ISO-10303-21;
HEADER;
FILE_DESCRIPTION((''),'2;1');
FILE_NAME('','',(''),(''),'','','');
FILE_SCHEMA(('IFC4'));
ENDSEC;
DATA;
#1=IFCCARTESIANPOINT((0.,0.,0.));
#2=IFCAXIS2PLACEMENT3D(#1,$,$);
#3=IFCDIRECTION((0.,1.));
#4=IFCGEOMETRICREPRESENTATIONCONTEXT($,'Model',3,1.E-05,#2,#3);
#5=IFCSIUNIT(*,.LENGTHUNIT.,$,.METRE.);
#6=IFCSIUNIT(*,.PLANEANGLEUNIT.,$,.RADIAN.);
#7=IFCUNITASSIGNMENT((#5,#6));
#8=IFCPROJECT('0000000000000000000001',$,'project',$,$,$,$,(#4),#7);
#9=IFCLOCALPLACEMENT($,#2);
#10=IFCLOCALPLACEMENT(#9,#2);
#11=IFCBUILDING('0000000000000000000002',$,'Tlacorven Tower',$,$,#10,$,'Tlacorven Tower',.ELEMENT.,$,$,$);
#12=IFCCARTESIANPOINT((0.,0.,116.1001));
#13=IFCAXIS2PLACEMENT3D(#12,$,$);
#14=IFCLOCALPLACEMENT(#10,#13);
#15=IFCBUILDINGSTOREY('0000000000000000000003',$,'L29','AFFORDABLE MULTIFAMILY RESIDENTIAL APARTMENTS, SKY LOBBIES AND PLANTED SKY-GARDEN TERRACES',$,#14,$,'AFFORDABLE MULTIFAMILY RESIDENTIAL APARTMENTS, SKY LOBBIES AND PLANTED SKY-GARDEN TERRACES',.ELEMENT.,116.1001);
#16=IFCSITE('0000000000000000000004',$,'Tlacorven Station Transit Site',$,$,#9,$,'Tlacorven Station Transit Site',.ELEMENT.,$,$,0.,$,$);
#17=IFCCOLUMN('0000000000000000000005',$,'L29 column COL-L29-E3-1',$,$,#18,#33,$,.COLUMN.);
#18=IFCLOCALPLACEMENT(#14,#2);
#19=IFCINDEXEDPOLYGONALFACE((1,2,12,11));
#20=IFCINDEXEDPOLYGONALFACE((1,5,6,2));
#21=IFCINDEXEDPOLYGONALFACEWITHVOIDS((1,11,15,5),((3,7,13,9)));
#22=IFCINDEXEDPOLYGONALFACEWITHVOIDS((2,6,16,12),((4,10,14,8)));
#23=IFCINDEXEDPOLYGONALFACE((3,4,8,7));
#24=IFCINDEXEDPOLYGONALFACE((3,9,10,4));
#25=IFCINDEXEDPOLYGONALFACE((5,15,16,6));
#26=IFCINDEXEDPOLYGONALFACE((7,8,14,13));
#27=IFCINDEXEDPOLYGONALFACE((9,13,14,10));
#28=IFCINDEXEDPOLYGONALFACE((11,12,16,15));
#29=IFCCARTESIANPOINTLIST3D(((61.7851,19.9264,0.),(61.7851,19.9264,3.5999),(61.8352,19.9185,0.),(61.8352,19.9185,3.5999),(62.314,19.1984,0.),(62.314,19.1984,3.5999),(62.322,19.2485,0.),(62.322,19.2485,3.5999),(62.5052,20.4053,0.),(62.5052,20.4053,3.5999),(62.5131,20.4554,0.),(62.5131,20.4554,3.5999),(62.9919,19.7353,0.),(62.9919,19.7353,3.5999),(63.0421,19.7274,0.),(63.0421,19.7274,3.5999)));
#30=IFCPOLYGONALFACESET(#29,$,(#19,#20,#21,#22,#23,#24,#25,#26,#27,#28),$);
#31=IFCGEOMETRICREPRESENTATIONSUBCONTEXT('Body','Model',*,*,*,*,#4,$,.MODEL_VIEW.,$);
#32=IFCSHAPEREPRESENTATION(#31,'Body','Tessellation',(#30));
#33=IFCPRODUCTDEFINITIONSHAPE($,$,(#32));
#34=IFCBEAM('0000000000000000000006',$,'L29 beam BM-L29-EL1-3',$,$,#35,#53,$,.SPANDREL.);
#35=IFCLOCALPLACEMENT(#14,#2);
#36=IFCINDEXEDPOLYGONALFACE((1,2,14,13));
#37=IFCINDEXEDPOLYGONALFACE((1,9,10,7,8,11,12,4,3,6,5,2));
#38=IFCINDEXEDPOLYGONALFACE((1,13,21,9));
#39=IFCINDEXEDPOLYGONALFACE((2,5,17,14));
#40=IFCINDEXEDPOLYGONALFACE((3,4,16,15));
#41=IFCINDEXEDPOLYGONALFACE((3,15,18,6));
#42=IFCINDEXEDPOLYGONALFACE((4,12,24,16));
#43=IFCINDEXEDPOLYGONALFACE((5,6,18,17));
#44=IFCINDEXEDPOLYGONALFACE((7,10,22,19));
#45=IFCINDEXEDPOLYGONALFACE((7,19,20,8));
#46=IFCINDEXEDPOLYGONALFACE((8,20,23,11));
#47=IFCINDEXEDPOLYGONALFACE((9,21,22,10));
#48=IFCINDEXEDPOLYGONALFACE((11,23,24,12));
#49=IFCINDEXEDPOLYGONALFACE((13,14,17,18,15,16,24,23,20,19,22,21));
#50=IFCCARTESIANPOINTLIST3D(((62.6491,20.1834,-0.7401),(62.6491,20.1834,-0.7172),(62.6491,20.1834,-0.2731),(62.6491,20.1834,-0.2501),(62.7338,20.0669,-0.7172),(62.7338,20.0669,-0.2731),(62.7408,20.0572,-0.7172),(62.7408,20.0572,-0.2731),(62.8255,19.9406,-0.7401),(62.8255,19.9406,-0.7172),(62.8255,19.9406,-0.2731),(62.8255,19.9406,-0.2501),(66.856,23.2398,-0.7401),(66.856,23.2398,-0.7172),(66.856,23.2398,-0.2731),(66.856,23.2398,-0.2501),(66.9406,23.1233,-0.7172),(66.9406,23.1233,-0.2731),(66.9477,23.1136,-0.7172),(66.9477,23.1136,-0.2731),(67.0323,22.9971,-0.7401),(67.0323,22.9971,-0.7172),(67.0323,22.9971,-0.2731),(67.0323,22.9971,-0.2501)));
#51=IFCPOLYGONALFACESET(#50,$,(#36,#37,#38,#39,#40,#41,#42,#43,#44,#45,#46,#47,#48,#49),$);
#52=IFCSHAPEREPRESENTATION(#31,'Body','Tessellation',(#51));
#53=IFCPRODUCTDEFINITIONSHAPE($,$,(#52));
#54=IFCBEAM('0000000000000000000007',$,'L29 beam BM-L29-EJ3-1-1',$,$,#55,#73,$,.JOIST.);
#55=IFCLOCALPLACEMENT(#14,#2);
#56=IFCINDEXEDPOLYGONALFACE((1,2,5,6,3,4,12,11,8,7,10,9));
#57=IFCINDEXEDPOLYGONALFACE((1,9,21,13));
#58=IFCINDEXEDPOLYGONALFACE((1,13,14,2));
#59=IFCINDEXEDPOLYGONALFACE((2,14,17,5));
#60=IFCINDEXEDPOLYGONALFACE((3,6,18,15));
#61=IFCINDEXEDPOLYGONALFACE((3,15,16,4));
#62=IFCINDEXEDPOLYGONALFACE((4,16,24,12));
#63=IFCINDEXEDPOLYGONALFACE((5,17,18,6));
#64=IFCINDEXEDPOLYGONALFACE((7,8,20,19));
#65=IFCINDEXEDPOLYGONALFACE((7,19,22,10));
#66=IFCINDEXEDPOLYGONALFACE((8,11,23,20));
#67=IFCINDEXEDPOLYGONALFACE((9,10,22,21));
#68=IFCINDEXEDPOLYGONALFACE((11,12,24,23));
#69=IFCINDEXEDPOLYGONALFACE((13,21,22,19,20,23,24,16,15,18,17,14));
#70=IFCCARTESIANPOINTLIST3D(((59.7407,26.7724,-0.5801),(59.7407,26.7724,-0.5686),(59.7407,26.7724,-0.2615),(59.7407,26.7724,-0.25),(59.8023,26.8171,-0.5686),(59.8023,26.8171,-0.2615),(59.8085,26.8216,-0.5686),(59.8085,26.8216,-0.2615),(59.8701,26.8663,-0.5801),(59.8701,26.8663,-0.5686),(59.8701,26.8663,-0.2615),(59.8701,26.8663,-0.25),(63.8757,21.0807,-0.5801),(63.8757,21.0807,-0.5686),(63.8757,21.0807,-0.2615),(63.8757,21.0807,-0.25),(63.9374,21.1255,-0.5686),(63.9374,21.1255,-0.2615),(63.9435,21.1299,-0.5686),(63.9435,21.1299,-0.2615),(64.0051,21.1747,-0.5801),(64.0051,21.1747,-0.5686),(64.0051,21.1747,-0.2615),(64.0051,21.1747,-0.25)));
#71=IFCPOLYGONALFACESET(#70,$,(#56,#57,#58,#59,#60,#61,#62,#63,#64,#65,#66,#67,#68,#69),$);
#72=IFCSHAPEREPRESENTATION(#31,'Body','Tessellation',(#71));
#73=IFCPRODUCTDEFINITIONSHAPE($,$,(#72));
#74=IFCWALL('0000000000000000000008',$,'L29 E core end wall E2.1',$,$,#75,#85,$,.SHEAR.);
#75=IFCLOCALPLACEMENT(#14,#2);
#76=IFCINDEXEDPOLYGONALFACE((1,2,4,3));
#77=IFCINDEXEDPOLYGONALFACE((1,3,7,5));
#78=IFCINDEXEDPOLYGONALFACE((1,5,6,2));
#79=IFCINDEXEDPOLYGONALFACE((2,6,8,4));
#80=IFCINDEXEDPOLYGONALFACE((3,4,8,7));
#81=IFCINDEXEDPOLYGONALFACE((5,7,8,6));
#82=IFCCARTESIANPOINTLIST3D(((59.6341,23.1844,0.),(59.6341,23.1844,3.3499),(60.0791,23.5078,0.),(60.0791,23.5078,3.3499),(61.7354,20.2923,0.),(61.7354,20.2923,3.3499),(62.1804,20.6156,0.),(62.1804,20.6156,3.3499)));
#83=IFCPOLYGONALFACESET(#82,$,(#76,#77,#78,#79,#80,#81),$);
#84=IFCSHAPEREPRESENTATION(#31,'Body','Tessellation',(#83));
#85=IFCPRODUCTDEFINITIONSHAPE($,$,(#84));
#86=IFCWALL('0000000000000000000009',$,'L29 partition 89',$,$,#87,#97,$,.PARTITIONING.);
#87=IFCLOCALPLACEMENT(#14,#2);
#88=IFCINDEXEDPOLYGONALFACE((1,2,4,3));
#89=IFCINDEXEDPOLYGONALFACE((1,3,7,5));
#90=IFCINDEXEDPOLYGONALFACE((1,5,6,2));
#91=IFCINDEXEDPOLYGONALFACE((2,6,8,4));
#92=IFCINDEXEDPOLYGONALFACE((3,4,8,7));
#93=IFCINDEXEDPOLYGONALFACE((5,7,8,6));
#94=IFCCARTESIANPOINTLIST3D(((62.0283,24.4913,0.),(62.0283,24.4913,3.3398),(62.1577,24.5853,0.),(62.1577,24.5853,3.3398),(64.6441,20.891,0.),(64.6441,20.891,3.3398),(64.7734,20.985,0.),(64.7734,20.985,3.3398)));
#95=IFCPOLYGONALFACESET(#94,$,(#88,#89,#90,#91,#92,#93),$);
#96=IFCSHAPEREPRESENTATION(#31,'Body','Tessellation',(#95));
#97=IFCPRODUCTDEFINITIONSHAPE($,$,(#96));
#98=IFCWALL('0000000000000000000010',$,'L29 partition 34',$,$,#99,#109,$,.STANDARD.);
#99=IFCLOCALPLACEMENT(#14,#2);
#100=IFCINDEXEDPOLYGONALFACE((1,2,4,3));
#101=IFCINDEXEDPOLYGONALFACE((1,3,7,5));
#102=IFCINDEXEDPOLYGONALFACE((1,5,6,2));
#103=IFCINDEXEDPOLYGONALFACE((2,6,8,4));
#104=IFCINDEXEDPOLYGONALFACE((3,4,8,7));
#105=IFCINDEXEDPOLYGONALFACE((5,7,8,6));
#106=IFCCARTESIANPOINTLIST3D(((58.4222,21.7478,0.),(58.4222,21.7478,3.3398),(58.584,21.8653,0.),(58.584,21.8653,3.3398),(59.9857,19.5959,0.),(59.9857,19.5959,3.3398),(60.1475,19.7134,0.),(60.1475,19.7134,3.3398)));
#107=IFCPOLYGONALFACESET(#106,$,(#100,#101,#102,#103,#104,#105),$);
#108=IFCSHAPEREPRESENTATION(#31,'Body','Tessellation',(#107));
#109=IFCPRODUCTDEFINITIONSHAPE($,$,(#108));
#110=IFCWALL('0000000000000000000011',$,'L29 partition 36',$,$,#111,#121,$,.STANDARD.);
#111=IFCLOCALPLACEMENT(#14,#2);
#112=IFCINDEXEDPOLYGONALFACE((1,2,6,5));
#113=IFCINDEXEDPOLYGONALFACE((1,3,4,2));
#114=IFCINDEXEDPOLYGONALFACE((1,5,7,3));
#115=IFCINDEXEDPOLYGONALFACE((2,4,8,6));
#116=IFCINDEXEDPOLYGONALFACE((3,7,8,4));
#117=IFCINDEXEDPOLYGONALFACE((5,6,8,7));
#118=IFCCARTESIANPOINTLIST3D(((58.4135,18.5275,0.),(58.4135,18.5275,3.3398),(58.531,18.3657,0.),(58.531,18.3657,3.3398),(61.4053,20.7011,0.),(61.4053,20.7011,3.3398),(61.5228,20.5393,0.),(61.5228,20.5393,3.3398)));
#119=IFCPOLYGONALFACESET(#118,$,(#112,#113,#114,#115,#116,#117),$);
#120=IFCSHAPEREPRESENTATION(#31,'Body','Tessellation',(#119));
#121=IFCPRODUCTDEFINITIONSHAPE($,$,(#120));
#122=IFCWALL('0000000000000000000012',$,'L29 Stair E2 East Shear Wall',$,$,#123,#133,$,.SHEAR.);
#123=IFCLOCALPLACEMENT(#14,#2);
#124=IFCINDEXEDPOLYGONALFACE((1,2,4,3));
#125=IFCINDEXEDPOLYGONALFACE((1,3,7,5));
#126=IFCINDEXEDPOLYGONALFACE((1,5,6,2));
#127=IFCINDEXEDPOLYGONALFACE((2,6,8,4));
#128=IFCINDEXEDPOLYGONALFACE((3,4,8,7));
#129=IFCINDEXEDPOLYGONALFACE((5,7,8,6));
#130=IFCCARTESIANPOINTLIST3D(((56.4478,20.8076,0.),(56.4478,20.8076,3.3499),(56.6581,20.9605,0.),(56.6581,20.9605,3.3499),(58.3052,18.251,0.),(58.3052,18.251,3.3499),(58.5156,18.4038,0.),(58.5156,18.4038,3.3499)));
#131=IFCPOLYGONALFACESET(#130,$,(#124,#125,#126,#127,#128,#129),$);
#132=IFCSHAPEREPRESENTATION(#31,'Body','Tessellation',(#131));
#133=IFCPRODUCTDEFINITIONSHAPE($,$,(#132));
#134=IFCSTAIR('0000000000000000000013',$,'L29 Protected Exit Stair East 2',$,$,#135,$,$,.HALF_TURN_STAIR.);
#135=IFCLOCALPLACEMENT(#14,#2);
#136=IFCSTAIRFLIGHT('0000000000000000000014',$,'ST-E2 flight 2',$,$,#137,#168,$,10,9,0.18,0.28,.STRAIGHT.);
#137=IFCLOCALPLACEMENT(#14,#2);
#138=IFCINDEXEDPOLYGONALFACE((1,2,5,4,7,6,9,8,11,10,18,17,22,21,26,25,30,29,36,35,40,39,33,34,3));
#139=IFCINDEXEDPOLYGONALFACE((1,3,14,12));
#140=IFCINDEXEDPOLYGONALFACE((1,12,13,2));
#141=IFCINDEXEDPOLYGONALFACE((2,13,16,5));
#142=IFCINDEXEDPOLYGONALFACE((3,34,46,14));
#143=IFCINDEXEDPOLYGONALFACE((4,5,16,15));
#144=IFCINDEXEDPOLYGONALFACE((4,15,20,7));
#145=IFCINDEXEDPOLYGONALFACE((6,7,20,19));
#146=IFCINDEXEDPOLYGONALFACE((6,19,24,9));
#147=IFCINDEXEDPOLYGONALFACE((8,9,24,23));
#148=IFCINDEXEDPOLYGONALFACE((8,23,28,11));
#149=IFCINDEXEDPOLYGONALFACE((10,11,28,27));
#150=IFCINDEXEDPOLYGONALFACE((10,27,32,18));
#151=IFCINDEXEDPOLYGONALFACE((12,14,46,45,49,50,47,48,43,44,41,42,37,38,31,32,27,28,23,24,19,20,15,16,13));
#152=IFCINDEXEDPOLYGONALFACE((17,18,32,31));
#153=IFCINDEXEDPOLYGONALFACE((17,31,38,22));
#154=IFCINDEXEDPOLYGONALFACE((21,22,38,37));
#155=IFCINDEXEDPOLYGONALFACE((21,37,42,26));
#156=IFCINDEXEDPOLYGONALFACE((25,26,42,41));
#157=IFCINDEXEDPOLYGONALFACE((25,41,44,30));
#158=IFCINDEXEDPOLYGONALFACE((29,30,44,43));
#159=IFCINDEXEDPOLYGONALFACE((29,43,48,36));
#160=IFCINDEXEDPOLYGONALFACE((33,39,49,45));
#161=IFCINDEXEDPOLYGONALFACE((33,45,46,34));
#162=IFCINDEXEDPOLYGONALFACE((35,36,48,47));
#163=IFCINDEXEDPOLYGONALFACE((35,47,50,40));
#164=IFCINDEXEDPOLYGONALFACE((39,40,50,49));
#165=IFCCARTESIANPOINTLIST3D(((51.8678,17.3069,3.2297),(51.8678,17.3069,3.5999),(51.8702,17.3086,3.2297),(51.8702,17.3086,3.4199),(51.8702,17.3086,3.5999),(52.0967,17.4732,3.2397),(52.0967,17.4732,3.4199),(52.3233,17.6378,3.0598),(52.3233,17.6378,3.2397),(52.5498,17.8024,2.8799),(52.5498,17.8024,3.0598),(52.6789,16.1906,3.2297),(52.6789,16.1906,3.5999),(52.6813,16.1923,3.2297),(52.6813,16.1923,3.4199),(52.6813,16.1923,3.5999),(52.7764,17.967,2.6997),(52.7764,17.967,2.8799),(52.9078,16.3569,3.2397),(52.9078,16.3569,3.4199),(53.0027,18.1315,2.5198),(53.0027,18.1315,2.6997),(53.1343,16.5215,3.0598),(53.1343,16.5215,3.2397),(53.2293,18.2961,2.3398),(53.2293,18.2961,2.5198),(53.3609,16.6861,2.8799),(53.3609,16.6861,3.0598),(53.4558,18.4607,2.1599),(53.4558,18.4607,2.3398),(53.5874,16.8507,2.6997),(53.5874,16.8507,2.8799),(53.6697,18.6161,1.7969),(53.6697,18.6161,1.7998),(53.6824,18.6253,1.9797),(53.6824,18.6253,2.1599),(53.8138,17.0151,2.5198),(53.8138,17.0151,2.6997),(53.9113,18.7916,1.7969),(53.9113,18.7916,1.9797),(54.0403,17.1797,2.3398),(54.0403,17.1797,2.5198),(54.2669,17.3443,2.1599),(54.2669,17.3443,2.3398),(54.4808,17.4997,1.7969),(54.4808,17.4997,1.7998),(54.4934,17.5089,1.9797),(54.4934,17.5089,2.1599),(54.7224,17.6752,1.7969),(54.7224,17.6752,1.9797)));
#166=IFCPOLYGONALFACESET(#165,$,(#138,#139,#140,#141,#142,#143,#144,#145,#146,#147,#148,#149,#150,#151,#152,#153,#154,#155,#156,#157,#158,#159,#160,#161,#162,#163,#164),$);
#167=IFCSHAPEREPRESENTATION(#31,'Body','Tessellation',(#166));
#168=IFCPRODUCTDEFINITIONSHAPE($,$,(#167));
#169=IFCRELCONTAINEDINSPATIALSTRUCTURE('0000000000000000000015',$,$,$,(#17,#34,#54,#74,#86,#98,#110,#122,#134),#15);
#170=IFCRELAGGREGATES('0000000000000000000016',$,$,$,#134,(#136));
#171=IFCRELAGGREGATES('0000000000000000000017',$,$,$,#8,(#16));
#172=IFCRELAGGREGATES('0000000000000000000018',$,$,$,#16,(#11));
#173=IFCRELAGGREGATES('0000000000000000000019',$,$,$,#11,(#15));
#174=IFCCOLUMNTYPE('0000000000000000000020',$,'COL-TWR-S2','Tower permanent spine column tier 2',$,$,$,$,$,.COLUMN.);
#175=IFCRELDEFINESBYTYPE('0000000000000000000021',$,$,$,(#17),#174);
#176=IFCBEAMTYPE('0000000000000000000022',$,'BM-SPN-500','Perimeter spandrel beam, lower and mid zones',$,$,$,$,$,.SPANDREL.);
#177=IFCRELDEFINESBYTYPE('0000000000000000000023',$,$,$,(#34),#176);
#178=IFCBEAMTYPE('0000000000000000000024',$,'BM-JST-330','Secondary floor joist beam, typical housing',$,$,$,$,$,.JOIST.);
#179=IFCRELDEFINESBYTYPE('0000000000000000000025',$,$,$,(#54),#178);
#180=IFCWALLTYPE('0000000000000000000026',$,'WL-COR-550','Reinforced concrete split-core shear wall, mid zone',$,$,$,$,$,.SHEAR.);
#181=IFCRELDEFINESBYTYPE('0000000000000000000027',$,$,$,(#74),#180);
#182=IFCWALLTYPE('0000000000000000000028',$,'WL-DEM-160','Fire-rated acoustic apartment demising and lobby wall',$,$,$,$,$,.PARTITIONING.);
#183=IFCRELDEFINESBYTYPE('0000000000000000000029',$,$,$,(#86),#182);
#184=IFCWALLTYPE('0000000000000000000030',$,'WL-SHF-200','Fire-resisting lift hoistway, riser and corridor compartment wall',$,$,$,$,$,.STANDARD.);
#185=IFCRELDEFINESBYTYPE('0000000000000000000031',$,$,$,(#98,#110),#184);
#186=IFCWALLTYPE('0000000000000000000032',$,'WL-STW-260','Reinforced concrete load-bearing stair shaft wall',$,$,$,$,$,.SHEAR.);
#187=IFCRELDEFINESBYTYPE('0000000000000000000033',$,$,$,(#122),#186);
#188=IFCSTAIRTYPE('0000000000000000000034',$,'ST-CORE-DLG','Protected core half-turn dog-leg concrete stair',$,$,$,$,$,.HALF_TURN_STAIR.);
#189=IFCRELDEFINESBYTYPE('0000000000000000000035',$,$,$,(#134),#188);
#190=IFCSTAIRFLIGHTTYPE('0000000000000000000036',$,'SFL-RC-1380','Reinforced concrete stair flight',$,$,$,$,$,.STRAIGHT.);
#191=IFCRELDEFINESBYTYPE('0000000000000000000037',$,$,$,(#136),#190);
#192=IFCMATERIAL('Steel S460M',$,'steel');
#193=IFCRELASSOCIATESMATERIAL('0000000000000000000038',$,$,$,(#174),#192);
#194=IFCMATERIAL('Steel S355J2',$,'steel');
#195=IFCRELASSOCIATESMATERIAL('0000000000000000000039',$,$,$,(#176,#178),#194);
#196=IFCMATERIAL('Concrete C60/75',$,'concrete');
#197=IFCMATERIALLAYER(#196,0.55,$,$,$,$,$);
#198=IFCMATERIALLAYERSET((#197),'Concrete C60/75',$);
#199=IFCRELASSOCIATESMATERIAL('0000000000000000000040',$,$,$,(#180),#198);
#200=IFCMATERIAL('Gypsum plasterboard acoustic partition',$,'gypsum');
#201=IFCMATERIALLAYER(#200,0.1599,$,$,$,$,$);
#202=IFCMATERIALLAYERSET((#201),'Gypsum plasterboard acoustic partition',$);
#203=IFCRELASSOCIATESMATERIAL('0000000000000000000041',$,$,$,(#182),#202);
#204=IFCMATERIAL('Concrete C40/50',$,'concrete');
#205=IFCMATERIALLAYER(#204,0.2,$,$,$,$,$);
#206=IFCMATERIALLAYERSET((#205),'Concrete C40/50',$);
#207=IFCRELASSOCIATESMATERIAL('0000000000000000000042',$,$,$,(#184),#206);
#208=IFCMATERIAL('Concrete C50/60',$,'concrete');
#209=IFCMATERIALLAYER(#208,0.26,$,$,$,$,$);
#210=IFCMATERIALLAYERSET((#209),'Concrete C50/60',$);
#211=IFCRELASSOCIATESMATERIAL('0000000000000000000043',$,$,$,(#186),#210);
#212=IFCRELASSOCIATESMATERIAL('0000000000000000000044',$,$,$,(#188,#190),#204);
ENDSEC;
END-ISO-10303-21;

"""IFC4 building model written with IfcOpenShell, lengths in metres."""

from ifc_helpers import new_model, si_unit, direction, frame, frame_2d, origin, origin_2d, place, context, subcontext, project, spatial, polyline, rectangle, hollow_rectangle, i_section, outline, extrude, source, transform, mapped, material, layer, layer_set, material_profile, profile_set, type_object, element, aggregate, save


model = new_model("IFC4")

# Units and contexts
model_context = context("Model", 3, precision=1e-05, world=origin(), true_north=direction((0.0, 1.0)))
body_context = subcontext(model_context, "Body", "Model", "MODEL_VIEW")
ifc_project = project(units=[si_unit("LENGTHUNIT", "METRE"), si_unit("PLANEANGLEUNIT", "RADIAN")], contexts=[model_context])

# Site, building, storey
site_placement = place(None, origin())
site = spatial("IfcSite", under=ifc_project, at=site_placement, Name="Tlacorven Station Transit Site", LongName="Tlacorven Station Transit Site", CompositionType="ELEMENT", RefElevation=0.0)
building_placement = place(site_placement, origin())
building = spatial("IfcBuilding", under=site, at=building_placement, Name="Tlacorven Tower", LongName="Tlacorven Tower", CompositionType="ELEMENT")
storey_placement = place(building_placement, frame((0.0, 0.0, 116.1001)))
storey = spatial("IfcBuildingStorey", under=building, at=storey_placement, Name="L29", Description="AFFORDABLE MULTIFAMILY RESIDENTIAL APARTMENTS, SKY LOBBIES AND PLANTED SKY-GARDEN TERRACES", LongName="AFFORDABLE MULTIFAMILY RESIDENTIAL APARTMENTS, SKY LOBBIES AND PLANTED SKY-GARDEN TERRACES", CompositionType="ELEMENT", Elevation=116.1001)

# Column
ifc_material_1 = material(Name="Steel S460M", Category="steel")
ifc_material_profile_1 = material_profile(ifc_material_1, hollow_rectangle(XDim=0.8999, YDim=0.8999, WallThickness=0.0359, at=origin_2d()), Name="BOX 900X900X36")
ifc_profile_set_1 = profile_set([ifc_material_profile_1], Name="Steel S460M")
column_type = type_object("IfcColumnType", Name="COL-TWR-S2", Description="Tower permanent spine column tier 2", PredefinedType="COLUMN", material=ifc_profile_set_1)
shared_shape_1 = source(origin(), body_context, "Body", "SweptSolid", [
    extrude(hollow_rectangle(XDim=0.8999, YDim=0.8999, WallThickness=0.0359, at=origin_2d()), origin(), (0.0, 0.0, 1.0), 3.5999),
])
column_placement = place(storey_placement, frame((62.4136, 19.8269, 0.0), z_axis=(0.0, 0.0, 1.0), x_axis=(0.809017, 0.587785, 0.0)))
element("IfcColumn", 1, at=column_placement, inside=storey, type_object=column_type, Name="L29 column COL-L29-E3-1", PredefinedType="COLUMN", context=body_context, shape_type="MappedRepresentation", body=[
    mapped(shared_shape_1, transform((0.0, 0.0, 0.0), scale=1.0)),
])

# Beams
ifc_material_2 = material(Name="Steel S355J2", Category="steel")
ifc_material_profile_2 = material_profile(ifc_material_2, i_section(OverallWidth=0.3, OverallDepth=0.49, WebThickness=0.012, FlangeThickness=0.0229, at=origin_2d()), Name="HEA 500")
ifc_profile_set_2 = profile_set([ifc_material_profile_2], Name="Steel S355J2")
beam_type_1 = type_object("IfcBeamType", Name="BM-SPN-500", Description="Perimeter spandrel beam, lower and mid zones", PredefinedType="SPANDREL", material=ifc_profile_set_2)
shared_shape_2 = source(origin(), body_context, "Body", "SweptSolid", [
    extrude(i_section(OverallWidth=0.3, OverallDepth=0.49, WebThickness=0.012, FlangeThickness=0.0229, at=origin_2d()), origin(), (0.0, 0.0, 1.0), 5.2),
])
beam_1_placement = place(storey_placement, frame((62.7373, 20.062, -0.4951), z_axis=(0.809018, 0.587784, 0.0), x_axis=(-0.587784, 0.809018, 0.0)))
element("IfcBeam", 2, at=beam_1_placement, inside=storey, type_object=beam_type_1, Name="L29 beam BM-L29-EL1-3", PredefinedType="SPANDREL", context=body_context, shape_type="MappedRepresentation", body=[
    mapped(shared_shape_2, transform((0.0, 0.0, 0.0), scale=1.0)),
])
ifc_material_profile_3 = material_profile(ifc_material_2, i_section(OverallWidth=0.1599, OverallDepth=0.3301, WebThickness=0.0076, FlangeThickness=0.0115, at=origin_2d()), Name="IPE 330")
ifc_profile_set_3 = profile_set([ifc_material_profile_3], Name="Steel S355J2")
beam_type_2 = type_object("IfcBeamType", Name="BM-JST-330", Description="Secondary floor joist beam, typical housing", PredefinedType="JOIST", material=ifc_profile_set_3)
shared_shape_3 = source(origin(), body_context, "Body", "SweptSolid", [
    extrude(i_section(OverallWidth=0.1599, OverallDepth=0.3301, WebThickness=0.0076, FlangeThickness=0.0115, at=origin_2d()), origin(), (0.0, 0.0, 1.0), 7.0352),
])
beam_2_placement = place(storey_placement, frame((63.9404, 21.1277, -0.415), z_axis=(-0.587765, 0.809032, 0.0), x_axis=(-0.809032, -0.587765, 0.0)))
element("IfcBeam", 3, at=beam_2_placement, inside=storey, type_object=beam_type_2, Name="L29 beam BM-L29-EJ3-1-1", PredefinedType="JOIST", context=body_context, shape_type="MappedRepresentation", body=[
    mapped(shared_shape_3, transform((0.0, 0.0, 0.0), scale=1.0)),
])

# Walls
ifc_material_3 = material(Name="Concrete C60/75", Category="concrete")
ifc_layer_1 = layer(ifc_material_3, 0.55)
ifc_layer_set_1 = layer_set([ifc_layer_1], Name="Concrete C60/75")
wall_type_1 = type_object("IfcWallType", Name="WL-COR-550", Description="Reinforced concrete split-core shear wall, mid zone", PredefinedType="SHEAR", material=ifc_layer_set_1)
wall_1_placement = place(storey_placement, frame((61.958, 20.4539, 0.0), z_axis=(0.0, 0.0, 1.0), x_axis=(-0.587802, 0.809005, 0.0)))
element("IfcWall", 4, at=wall_1_placement, inside=storey, type_object=wall_type_1, Name="L29 E core end wall E2.1", PredefinedType="SHEAR", context=body_context, shape_type="SweptSolid", body=[
    extrude(rectangle(XDim=3.575, YDim=0.55, at=frame_2d((1.7876, 0.0))), origin(), (0.0, 0.0, 1.0), 3.3499),
])
ifc_material_4 = material(Name="Gypsum plasterboard acoustic partition", Category="gypsum")
ifc_layer_2 = layer(ifc_material_4, 0.1599)
ifc_layer_set_2 = layer_set([ifc_layer_2], Name="Gypsum plasterboard acoustic partition")
wall_type_2 = type_object("IfcWallType", Name="WL-DEM-160", Description="Fire-rated acoustic apartment demising and lobby wall", PredefinedType="PARTITIONING", material=ifc_layer_set_2)
wall_2_placement = place(storey_placement, frame((64.7087, 20.938, 0.0), z_axis=(0.0, 0.0, 1.0), x_axis=(-0.587774, 0.809025, 0.0)))
element("IfcWall", 5, at=wall_2_placement, inside=storey, type_object=wall_type_2, Name="L29 partition 89", PredefinedType="PARTITIONING", context=body_context, shape_type="SweptSolid", body=[
    extrude(rectangle(XDim=4.4502, YDim=0.1599, at=frame_2d((2.2251, 0.0))), origin(), (0.0, 0.0, 1.0), 3.3398),
])

# Shared definitions
ifc_material_5 = material(Name="Concrete C40/50", Category="concrete")
ifc_layer_3 = layer(ifc_material_5, 0.2)
ifc_layer_set_3 = layer_set([ifc_layer_3], Name="Concrete C40/50")
wall_type_3 = type_object("IfcWallType", Name="WL-SHF-200", Description="Fire-resisting lift hoistway, riser and corridor compartment wall", PredefinedType="STANDARD", material=ifc_layer_set_3)

# Walls
wall_3_placement = place(storey_placement, frame((60.0667, 19.6545, 0.0), z_axis=(0.0, 0.0, 1.0), x_axis=(-0.587801, 0.809006, 0.0)))
element("IfcWall", 6, at=wall_3_placement, inside=storey, type_object=wall_type_3, Name="L29 partition 34", PredefinedType="STANDARD", context=body_context, shape_type="SweptSolid", body=[
    extrude(rectangle(XDim=2.6599, YDim=0.2, at=frame_2d((1.3301, 0.0))), origin(), (0.0, 0.0, 1.0), 3.3398),
])
wall_4_placement = place(storey_placement, frame((58.4722, 18.4465, 0.0), z_axis=(0.0, 0.0, 1.0), x_axis=(0.809019, 0.587783, 0.0)))
element("IfcWall", 7, at=wall_4_placement, inside=storey, type_object=wall_type_3, Name="L29 partition 36", PredefinedType="STANDARD", context=body_context, shape_type="SweptSolid", body=[
    extrude(rectangle(XDim=3.698, YDim=0.2, at=frame_2d((1.8491, 0.0))), origin(), (0.0, 0.0, 1.0), 3.3398),
])
ifc_material_6 = material(Name="Concrete C50/60", Category="concrete")
ifc_layer_4 = layer(ifc_material_6, 0.26)
ifc_layer_set_4 = layer_set([ifc_layer_4], Name="Concrete C50/60")
wall_type_4 = type_object("IfcWallType", Name="WL-STW-260", Description="Reinforced concrete load-bearing stair shaft wall", PredefinedType="SHEAR", material=ifc_layer_set_4)
wall_5_placement = place(storey_placement, frame((58.4104, 18.3274, 0.0), z_axis=(0.0, 0.0, 1.0), x_axis=(-0.587767, 0.80903, 0.0)))
element("IfcWall", 8, at=wall_5_placement, inside=storey, type_object=wall_type_4, Name="L29 Stair E2 East Shear Wall", PredefinedType="SHEAR", context=body_context, shape_type="SweptSolid", body=[
    extrude(rectangle(XDim=3.1602, YDim=0.26, at=frame_2d((1.5801, 0.0))), origin(), (0.0, 0.0, 1.0), 3.3499),
])

# Stair, stair flight
stair_type = type_object("IfcStairType", Name="ST-CORE-DLG", Description="Protected core half-turn dog-leg concrete stair", PredefinedType="HALF_TURN_STAIR", material=ifc_material_5)
stair_placement = place(storey_placement, origin())
stair = element("IfcStair", 9, at=stair_placement, inside=storey, type_object=stair_type, Name="L29 Protected Exit Stair East 2", PredefinedType="HALF_TURN_STAIR")
stair_flight_type = type_object("IfcStairFlightType", Name="SFL-RC-1380", Description="Reinforced concrete stair flight", PredefinedType="STRAIGHT", material=ifc_material_5)
shared_shape_4 = source(origin(), body_context, "Body", "SweptSolid", [
    extrude(outline(polyline([(-0.0029, -0.0029), (-0.0029, 0.1799), (0.28, 0.1799), (0.28, 0.3601), (0.5601, 0.3601), (0.5601, 0.54), (0.8401, 0.54), (0.8401, 0.72), (1.1201, 0.72), (1.1201, 0.8999), (1.3999, 0.8999), (1.3999, 1.0801), (1.6799, 1.0801), (1.6799, 1.26), (1.96, 1.26), (1.96, 1.4399), (2.24, 1.4399), (2.24, 1.6201), (2.52, 1.6201), (2.52, 1.8), (2.5229, 1.8), (2.5229, 1.4299), (2.52, 1.4299), (0.2957, 0.0), (0.2957, -0.0029), (-0.0029, -0.0029)])), frame((0.0, 0.6899, 0.0), z_axis=(0.0, -1.0, 0.0), x_axis=(1.0, 0.0, 0.0)), (0.0, 0.0, 1.0), 1.3799),
])
stair_flight_placement = place(storey_placement, frame((54.3145, 18.2317, 1.7998), z_axis=(0.0, 0.0, 1.0), x_axis=(-0.809017, -0.587785, 0.0)))
stair_flight = element("IfcStairFlight", 10, at=stair_flight_placement, type_object=stair_flight_type, Name="ST-E2 flight 2", NumberOfRisers=10, NumberOfTreads=9, PredefinedType="STRAIGHT", RiserHeight=0.18, TreadLength=0.28, context=body_context, shape_type="MappedRepresentation", body=[
    mapped(shared_shape_4, transform((0.0, 0.0, 0.0), scale=1.0)),
])
aggregate(stair, [stair_flight])

save(model, "model.ifc")
